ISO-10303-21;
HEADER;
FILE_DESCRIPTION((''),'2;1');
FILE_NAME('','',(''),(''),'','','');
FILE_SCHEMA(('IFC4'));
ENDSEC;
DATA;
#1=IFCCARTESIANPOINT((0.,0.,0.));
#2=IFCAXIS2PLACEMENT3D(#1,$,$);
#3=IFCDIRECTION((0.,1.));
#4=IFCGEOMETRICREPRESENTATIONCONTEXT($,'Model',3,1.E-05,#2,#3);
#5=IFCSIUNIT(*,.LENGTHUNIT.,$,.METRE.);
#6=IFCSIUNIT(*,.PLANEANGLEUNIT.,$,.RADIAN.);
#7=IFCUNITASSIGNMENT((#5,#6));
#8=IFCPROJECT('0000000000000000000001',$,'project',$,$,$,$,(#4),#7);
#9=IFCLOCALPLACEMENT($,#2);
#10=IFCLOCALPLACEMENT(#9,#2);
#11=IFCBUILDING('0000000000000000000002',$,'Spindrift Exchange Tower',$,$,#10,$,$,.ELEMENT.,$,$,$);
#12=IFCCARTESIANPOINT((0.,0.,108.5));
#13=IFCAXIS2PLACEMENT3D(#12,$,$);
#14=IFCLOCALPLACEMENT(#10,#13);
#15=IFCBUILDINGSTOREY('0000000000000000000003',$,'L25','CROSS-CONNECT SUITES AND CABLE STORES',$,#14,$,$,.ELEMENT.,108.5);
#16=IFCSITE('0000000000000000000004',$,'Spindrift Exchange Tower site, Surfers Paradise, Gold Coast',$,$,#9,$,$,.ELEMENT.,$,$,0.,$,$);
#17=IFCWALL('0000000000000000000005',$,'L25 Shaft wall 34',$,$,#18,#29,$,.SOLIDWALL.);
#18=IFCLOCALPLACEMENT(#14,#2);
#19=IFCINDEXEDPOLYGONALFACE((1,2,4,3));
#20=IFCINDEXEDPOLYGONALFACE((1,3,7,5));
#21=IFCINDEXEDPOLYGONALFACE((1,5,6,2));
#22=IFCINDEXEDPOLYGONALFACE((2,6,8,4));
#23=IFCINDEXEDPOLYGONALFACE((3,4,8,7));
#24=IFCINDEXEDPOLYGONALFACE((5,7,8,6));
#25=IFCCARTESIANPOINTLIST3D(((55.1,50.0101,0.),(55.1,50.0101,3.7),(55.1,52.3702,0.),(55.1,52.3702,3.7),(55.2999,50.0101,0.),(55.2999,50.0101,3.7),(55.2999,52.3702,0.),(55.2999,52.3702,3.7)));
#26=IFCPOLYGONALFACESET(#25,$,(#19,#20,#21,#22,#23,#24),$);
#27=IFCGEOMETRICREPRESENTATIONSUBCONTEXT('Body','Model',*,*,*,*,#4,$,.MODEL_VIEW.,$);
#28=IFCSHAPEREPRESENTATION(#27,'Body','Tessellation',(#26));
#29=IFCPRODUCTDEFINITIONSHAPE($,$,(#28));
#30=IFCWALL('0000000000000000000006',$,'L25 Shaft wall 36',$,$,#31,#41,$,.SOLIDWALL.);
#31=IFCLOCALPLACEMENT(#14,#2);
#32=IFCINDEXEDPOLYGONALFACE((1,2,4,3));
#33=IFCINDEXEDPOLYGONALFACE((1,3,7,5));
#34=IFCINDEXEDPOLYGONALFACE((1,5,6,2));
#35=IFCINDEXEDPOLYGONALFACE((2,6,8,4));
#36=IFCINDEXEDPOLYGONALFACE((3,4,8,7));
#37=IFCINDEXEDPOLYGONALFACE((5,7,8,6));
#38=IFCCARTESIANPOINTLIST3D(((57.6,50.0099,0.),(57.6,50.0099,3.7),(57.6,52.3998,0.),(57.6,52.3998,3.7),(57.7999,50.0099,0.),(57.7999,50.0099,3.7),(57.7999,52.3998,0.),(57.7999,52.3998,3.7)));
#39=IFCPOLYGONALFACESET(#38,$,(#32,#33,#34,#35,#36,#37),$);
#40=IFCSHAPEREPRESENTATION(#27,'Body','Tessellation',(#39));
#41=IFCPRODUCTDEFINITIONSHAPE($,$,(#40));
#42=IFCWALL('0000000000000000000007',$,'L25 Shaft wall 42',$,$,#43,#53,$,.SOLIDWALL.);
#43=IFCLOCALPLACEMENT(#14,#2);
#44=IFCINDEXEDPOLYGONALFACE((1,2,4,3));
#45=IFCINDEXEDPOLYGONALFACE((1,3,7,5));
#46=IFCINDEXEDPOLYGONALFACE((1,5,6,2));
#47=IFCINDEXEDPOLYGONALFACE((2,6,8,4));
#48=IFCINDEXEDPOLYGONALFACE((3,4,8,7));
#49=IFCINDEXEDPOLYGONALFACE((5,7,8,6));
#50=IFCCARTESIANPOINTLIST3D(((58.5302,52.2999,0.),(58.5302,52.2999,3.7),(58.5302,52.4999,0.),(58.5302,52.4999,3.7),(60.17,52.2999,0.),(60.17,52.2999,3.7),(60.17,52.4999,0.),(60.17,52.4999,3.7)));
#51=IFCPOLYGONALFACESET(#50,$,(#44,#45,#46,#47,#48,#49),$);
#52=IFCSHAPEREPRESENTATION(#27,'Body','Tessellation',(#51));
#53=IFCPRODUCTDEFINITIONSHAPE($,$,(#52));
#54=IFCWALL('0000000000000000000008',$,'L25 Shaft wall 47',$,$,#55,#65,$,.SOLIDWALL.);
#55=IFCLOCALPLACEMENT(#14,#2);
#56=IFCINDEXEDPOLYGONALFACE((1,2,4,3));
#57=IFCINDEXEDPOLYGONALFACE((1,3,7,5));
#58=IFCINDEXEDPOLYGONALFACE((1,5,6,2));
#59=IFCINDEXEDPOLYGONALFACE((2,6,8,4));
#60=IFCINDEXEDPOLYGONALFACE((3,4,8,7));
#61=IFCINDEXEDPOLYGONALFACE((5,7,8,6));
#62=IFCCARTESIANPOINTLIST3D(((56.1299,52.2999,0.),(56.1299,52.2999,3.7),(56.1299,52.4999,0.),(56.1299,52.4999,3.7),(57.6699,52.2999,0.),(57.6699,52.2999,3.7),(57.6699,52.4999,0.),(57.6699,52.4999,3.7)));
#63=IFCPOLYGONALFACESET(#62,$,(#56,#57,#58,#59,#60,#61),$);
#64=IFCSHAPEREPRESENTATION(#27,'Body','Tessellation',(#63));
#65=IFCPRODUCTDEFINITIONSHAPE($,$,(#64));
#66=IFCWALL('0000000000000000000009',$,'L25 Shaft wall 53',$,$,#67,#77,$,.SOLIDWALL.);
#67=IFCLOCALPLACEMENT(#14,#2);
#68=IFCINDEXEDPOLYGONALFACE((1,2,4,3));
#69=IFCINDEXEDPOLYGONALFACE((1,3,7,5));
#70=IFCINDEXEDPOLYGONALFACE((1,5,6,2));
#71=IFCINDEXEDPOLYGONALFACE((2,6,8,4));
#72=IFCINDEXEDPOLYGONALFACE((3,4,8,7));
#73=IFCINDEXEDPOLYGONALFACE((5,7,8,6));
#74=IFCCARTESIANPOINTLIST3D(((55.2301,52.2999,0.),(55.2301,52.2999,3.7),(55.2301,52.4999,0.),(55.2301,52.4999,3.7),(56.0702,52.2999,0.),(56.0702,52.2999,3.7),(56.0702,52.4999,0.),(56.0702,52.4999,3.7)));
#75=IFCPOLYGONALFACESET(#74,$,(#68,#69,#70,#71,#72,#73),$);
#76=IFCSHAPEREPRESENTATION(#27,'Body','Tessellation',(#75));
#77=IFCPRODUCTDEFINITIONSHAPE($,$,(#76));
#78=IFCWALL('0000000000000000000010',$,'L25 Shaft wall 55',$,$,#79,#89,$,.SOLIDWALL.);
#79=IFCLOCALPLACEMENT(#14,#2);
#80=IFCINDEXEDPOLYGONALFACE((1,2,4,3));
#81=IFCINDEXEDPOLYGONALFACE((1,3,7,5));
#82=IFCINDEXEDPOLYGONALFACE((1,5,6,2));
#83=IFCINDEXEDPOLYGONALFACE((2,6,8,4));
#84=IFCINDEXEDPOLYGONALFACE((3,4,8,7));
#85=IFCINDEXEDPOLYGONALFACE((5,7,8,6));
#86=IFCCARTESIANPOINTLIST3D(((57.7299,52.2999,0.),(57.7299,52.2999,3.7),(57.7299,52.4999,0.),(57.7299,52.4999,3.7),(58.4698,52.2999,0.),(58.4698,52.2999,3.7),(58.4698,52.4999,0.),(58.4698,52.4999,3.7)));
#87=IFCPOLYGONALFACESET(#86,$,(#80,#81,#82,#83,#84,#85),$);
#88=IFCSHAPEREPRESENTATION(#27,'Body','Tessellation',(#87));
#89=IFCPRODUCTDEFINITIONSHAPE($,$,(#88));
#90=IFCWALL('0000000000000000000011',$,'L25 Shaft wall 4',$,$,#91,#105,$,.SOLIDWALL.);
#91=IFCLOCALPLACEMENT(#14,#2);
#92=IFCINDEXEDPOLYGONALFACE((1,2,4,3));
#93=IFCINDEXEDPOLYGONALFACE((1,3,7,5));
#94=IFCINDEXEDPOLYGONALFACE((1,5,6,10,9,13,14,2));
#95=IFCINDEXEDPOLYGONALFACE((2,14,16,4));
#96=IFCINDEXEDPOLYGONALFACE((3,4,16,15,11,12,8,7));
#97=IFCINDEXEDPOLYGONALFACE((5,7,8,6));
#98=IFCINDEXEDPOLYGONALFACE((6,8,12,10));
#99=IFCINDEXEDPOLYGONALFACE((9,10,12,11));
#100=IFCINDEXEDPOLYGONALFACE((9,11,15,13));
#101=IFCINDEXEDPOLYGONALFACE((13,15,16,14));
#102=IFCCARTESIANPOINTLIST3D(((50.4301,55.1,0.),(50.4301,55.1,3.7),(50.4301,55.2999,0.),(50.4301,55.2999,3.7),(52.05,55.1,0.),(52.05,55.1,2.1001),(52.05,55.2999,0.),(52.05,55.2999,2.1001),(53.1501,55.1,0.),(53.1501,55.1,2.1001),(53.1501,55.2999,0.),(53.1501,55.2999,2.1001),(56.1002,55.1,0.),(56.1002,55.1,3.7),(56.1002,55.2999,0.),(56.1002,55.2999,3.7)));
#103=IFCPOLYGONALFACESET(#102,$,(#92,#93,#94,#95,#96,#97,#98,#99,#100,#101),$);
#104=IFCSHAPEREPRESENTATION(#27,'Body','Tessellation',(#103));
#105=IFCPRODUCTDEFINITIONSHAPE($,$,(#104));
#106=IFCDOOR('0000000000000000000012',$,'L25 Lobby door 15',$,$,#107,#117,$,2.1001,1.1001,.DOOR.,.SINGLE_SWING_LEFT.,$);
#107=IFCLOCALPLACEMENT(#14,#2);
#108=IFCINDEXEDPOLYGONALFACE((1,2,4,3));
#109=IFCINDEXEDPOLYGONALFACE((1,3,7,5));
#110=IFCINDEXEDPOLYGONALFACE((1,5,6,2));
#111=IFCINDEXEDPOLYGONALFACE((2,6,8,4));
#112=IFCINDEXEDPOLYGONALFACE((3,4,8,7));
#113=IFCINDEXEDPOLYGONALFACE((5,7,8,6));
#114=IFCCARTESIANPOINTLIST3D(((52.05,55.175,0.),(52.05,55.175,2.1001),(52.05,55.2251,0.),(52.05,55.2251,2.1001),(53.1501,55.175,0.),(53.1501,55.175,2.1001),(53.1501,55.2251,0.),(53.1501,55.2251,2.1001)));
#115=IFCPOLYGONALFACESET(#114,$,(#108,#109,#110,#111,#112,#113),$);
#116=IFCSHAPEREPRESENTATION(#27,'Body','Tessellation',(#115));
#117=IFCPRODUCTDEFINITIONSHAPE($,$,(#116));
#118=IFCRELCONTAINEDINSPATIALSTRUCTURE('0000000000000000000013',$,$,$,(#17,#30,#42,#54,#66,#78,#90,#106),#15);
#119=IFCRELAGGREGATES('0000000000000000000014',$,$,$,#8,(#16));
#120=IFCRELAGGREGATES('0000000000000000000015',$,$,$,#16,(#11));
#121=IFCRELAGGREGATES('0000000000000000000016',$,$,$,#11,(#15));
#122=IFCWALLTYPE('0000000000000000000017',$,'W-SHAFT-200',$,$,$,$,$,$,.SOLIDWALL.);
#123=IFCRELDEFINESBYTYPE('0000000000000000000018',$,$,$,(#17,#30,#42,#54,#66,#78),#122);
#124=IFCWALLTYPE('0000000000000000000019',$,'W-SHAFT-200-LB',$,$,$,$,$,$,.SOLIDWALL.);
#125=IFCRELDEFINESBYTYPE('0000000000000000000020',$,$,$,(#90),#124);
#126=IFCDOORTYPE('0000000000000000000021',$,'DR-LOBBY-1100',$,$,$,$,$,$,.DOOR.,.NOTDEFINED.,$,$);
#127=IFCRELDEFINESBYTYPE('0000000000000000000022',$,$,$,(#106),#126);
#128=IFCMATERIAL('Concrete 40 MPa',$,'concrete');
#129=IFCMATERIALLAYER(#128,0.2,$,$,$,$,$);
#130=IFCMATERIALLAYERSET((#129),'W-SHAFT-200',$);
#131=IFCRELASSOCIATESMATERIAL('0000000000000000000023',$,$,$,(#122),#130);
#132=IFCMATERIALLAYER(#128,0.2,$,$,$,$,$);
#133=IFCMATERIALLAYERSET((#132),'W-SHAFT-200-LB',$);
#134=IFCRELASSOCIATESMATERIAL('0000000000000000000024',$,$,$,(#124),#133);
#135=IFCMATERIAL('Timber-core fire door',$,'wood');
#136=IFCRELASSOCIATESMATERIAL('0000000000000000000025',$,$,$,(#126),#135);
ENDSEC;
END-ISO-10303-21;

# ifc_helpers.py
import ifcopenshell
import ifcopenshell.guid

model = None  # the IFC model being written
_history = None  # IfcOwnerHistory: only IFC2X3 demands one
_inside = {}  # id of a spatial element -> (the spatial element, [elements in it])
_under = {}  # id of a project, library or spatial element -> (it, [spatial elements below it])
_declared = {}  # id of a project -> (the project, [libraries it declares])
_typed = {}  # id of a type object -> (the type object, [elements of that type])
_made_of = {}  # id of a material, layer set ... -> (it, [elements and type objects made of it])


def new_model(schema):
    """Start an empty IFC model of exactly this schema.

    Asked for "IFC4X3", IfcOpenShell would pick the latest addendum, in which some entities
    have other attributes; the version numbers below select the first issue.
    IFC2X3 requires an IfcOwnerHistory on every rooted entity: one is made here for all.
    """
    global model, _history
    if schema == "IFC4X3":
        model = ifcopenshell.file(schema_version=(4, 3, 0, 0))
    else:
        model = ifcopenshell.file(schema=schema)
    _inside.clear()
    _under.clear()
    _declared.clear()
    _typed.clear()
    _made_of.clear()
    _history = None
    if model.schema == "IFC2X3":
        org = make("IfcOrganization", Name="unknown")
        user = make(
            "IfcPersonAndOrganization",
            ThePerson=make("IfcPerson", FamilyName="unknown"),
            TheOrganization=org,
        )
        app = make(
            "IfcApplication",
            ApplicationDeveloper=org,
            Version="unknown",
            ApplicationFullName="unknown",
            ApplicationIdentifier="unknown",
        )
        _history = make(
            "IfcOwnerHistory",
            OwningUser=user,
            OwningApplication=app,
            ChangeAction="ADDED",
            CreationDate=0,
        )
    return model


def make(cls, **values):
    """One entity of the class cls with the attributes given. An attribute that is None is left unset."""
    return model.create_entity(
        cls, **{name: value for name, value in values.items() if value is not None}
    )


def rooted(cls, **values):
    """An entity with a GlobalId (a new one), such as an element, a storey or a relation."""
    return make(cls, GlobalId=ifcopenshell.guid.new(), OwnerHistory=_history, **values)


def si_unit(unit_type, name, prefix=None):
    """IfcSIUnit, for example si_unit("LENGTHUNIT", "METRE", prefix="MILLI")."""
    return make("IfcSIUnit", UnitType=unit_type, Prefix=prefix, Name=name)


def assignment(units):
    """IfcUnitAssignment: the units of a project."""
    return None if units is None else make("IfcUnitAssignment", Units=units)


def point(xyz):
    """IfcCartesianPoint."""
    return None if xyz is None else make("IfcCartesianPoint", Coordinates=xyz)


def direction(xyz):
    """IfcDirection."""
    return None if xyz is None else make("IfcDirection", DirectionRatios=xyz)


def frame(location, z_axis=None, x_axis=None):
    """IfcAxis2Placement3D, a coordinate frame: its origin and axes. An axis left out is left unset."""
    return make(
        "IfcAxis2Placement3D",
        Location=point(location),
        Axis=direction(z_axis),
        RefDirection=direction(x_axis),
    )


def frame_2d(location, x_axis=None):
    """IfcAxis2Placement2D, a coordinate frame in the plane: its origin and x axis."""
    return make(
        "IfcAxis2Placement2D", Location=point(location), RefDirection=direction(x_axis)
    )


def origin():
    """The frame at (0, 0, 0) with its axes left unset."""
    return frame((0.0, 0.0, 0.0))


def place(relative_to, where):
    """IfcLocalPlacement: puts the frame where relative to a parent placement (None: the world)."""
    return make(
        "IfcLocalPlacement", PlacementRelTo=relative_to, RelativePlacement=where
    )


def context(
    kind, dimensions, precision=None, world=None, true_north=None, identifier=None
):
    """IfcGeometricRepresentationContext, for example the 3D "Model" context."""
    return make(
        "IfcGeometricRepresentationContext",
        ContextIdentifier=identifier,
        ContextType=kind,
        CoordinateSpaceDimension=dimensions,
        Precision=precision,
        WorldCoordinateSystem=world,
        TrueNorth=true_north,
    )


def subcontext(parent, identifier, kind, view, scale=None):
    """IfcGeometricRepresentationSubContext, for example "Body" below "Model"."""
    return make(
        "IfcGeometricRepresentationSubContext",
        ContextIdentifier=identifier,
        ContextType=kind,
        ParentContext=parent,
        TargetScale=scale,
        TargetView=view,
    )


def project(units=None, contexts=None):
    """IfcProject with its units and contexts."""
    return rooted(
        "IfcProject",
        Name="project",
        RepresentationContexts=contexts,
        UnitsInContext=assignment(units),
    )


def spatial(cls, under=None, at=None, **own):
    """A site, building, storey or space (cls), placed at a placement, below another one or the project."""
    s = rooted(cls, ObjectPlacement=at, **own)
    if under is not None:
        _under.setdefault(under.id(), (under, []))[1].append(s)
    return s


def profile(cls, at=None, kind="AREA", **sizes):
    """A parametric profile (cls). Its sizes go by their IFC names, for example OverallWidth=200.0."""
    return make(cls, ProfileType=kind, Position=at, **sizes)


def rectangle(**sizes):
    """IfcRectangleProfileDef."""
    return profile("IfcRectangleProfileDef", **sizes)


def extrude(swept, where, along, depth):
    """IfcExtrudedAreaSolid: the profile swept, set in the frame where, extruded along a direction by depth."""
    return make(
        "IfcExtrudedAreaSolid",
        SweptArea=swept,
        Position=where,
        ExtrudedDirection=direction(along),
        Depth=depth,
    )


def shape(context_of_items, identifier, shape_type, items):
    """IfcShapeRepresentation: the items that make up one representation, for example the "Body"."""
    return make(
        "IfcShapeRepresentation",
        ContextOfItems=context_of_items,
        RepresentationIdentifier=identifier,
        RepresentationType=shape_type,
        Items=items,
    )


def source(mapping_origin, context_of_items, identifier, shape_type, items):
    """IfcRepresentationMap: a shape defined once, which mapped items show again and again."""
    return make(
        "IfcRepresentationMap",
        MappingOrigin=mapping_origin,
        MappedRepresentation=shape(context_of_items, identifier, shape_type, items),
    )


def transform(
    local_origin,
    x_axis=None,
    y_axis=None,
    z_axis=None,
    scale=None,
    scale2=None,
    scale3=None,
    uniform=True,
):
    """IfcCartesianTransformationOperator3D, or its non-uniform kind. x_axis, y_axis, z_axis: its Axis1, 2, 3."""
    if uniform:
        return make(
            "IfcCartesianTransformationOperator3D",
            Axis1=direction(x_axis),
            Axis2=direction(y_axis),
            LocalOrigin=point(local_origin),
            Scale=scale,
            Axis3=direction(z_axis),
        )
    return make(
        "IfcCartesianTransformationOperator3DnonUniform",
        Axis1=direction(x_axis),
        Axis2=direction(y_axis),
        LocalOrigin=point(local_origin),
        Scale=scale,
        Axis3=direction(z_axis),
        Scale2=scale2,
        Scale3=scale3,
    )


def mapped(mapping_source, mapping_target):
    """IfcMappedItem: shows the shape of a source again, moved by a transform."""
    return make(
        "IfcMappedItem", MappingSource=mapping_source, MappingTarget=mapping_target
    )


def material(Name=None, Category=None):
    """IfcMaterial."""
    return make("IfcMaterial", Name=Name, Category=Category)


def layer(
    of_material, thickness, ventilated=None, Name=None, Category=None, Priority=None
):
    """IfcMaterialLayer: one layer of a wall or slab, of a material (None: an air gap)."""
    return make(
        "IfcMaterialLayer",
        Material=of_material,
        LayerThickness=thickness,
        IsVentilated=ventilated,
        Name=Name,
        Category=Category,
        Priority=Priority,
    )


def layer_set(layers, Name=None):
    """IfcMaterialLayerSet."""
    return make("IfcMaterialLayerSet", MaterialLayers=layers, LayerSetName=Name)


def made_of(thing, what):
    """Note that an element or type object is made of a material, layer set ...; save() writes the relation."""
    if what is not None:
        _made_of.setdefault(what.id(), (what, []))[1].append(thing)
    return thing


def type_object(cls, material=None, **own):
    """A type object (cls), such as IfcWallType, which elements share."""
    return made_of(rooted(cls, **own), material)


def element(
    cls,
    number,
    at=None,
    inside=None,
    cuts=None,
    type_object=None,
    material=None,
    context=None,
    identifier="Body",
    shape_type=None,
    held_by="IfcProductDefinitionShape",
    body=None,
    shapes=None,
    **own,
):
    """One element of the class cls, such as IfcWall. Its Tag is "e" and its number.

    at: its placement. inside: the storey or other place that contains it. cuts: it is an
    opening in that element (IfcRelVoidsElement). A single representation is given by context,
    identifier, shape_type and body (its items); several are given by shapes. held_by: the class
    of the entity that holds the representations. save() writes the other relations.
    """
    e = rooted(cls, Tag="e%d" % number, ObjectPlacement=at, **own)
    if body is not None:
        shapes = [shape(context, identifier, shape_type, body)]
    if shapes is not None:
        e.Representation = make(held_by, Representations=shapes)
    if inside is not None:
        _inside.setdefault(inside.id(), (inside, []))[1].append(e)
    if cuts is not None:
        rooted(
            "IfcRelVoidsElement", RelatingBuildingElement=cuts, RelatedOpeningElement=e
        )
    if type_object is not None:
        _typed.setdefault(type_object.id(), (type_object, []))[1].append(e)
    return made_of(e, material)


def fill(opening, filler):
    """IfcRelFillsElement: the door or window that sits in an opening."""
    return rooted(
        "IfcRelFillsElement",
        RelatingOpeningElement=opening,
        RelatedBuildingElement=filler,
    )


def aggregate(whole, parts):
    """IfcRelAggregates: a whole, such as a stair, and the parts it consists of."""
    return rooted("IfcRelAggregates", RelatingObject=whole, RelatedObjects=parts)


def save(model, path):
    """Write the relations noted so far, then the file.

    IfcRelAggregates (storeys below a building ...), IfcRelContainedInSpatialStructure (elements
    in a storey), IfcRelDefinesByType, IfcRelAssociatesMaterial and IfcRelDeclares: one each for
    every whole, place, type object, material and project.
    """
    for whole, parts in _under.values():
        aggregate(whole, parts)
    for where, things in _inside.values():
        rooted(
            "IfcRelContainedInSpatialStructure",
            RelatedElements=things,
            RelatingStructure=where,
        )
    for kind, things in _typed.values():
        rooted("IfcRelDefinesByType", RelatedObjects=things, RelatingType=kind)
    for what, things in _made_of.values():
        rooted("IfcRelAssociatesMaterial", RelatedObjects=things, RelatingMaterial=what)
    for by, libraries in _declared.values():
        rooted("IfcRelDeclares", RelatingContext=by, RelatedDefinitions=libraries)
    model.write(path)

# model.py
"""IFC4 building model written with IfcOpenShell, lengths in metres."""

from ifc_helpers import new_model, si_unit, direction, frame, frame_2d, origin, place, context, subcontext, project, spatial, rectangle, extrude, source, transform, mapped, material, layer, layer_set, type_object, element, fill, save


model = new_model("IFC4")

# Units and contexts
model_context = context("Model", 3, precision=1e-05, world=origin(), true_north=direction((0.0, 1.0)))
body_context = subcontext(model_context, "Body", "Model", "MODEL_VIEW")
ifc_project = project(units=[si_unit("LENGTHUNIT", "METRE"), si_unit("PLANEANGLEUNIT", "RADIAN")], contexts=[model_context])

# Site, building, storey
site_placement = place(None, origin())
site = spatial("IfcSite", under=ifc_project, at=site_placement, Name="Spindrift Exchange Tower site, Surfers Paradise, Gold Coast", CompositionType="ELEMENT", RefElevation=0.0)
building_placement = place(site_placement, origin())
building = spatial("IfcBuilding", under=site, at=building_placement, Name="Spindrift Exchange Tower", CompositionType="ELEMENT")
storey_placement = place(building_placement, frame((0.0, 0.0, 108.5)))
storey = spatial("IfcBuildingStorey", under=building, at=storey_placement, Name="L25", Description="CROSS-CONNECT SUITES AND CABLE STORES", CompositionType="ELEMENT", Elevation=108.5)

# Shared definitions
ifc_material_1 = material(Name="Concrete 40 MPa", Category="concrete")
ifc_layer_1 = layer(ifc_material_1, 0.2)
ifc_layer_set_1 = layer_set([ifc_layer_1], Name="W-SHAFT-200")
wall_type_1 = type_object("IfcWallType", Name="W-SHAFT-200", PredefinedType="SOLIDWALL", material=ifc_layer_set_1)

# Walls
wall_1_placement = place(storey_placement, frame((55.2, 50.01, 0.0), z_axis=(0.0, 0.0, 1.0), x_axis=(0.0, 1.0, 0.0)))
element("IfcWall", 1, at=wall_1_placement, inside=storey, type_object=wall_type_1, Name="L25 Shaft wall 34", PredefinedType="SOLIDWALL", context=body_context, shape_type="SweptSolid", body=[
    extrude(rectangle(XDim=2.3601, YDim=0.2, at=frame_2d((1.1802, 0.0))), origin(), (0.0, 0.0, 1.0), 3.7),
])
wall_2_placement = place(storey_placement, frame((57.7, 50.01, 0.0), z_axis=(0.0, 0.0, 1.0), x_axis=(0.0, 1.0, 0.0)))
element("IfcWall", 2, at=wall_2_placement, inside=storey, type_object=wall_type_1, Name="L25 Shaft wall 36", PredefinedType="SOLIDWALL", context=body_context, shape_type="SweptSolid", body=[
    extrude(rectangle(XDim=2.3899, YDim=0.2, at=frame_2d((1.1948, 0.0))), origin(), (0.0, 0.0, 1.0), 3.7),
])
wall_3_placement = place(storey_placement, frame((60.1699, 52.3999, 0.0), z_axis=(0.0, 0.0, 1.0), x_axis=(-1.0, 0.0, 0.0)))
element("IfcWall", 3, at=wall_3_placement, inside=storey, type_object=wall_type_1, Name="L25 Shaft wall 42", PredefinedType="SOLIDWALL", context=body_context, shape_type="SweptSolid", body=[
    extrude(rectangle(XDim=1.6399, YDim=0.2, at=frame_2d((0.8198, 0.0))), origin(), (0.0, 0.0, 1.0), 3.7),
])
wall_4_placement = place(storey_placement, frame((57.6699, 52.3999, 0.0), z_axis=(0.0, 0.0, 1.0), x_axis=(-1.0, 0.0, 0.0)))
element("IfcWall", 4, at=wall_4_placement, inside=storey, type_object=wall_type_1, Name="L25 Shaft wall 47", PredefinedType="SOLIDWALL", context=body_context, shape_type="SweptSolid", body=[
    extrude(rectangle(XDim=1.54, YDim=0.2, at=frame_2d((0.77, 0.0))), origin(), (0.0, 0.0, 1.0), 3.7),
])
wall_5_placement = place(storey_placement, frame((56.0701, 52.3999, 0.0), z_axis=(0.0, 0.0, 1.0), x_axis=(-1.0, 0.0, 0.0)))
element("IfcWall", 5, at=wall_5_placement, inside=storey, type_object=wall_type_1, Name="L25 Shaft wall 53", PredefinedType="SOLIDWALL", context=body_context, shape_type="SweptSolid", body=[
    extrude(rectangle(XDim=0.8401, YDim=0.2, at=frame_2d((0.4199, 0.0))), origin(), (0.0, 0.0, 1.0), 3.7),
])
wall_6_placement = place(storey_placement, frame((58.47, 52.3999, 0.0), z_axis=(0.0, 0.0, 1.0), x_axis=(-1.0, 0.0, 0.0)))
element("IfcWall", 6, at=wall_6_placement, inside=storey, type_object=wall_type_1, Name="L25 Shaft wall 55", PredefinedType="SOLIDWALL", context=body_context, shape_type="SweptSolid", body=[
    extrude(rectangle(XDim=0.74, YDim=0.2, at=frame_2d((0.3701, 0.0))), origin(), (0.0, 0.0, 1.0), 3.7),
])

# Wall, opening, door
ifc_layer_2 = layer(ifc_material_1, 0.2)
ifc_layer_set_2 = layer_set([ifc_layer_2], Name="W-SHAFT-200-LB")
wall_type_2 = type_object("IfcWallType", Name="W-SHAFT-200-LB", PredefinedType="SOLIDWALL", material=ifc_layer_set_2)
wall_7_placement = place(storey_placement, frame((56.1001, 55.2, 0.0), z_axis=(0.0, 0.0, 1.0), x_axis=(-1.0, 0.0, 0.0)))
wall_7 = element("IfcWall", 7, at=wall_7_placement, inside=storey, type_object=wall_type_2, Name="L25 Shaft wall 4", PredefinedType="SOLIDWALL", context=body_context, shape_type="SweptSolid", body=[
    extrude(rectangle(XDim=5.6702, YDim=0.2, at=frame_2d((2.835, 0.0))), origin(), (0.0, 0.0, 1.0), 3.7),
])
opening_1_placement = place(wall_7_placement, frame((2.95, 0.0, 0.0)))
opening_1 = element("IfcOpeningElement", 8, at=opening_1_placement, cuts=wall_7, PredefinedType="OPENING", context=body_context, shape_type="SweptSolid", body=[
    extrude(rectangle(XDim=1.1001, YDim=2.1001, at=frame_2d((0.55, 1.05))), frame((0.0, 0.1099, 0.0), z_axis=(0.0, -1.0, 0.0), x_axis=(1.0, 0.0, 0.0)), (0.0, 0.0, 1.0), 0.22),
])
ifc_material_2 = material(Name="Timber-core fire door", Category="wood")
door_type_1 = type_object("IfcDoorType", Name="DR-LOBBY-1100", OperationType="NOTDEFINED", PredefinedType="DOOR", material=ifc_material_2)
shared_shape_1 = source(origin(), body_context, "Body", "SweptSolid", [
    extrude(rectangle(XDim=1.1001, YDim=2.1001, at=frame_2d((0.55, 1.05))), frame((0.0, 0.0249, 0.0), z_axis=(0.0, -1.0, 0.0), x_axis=(1.0, 0.0, 0.0)), (0.0, 0.0, 1.0), 0.05),
])
door_1_placement = place(opening_1_placement, origin())
door_1 = element("IfcDoor", 9, at=door_1_placement, inside=storey, type_object=door_type_1, Name="L25 Lobby door 15", OperationType="SINGLE_SWING_LEFT", OverallHeight=2.1001, OverallWidth=1.1001, PredefinedType="DOOR", context=body_context, shape_type="MappedRepresentation", body=[
    mapped(shared_shape_1, transform((0.0, 0.0, 0.0), scale=1.0)),
])
fill(opening_1, door_1)

save(model, "model.ifc")
